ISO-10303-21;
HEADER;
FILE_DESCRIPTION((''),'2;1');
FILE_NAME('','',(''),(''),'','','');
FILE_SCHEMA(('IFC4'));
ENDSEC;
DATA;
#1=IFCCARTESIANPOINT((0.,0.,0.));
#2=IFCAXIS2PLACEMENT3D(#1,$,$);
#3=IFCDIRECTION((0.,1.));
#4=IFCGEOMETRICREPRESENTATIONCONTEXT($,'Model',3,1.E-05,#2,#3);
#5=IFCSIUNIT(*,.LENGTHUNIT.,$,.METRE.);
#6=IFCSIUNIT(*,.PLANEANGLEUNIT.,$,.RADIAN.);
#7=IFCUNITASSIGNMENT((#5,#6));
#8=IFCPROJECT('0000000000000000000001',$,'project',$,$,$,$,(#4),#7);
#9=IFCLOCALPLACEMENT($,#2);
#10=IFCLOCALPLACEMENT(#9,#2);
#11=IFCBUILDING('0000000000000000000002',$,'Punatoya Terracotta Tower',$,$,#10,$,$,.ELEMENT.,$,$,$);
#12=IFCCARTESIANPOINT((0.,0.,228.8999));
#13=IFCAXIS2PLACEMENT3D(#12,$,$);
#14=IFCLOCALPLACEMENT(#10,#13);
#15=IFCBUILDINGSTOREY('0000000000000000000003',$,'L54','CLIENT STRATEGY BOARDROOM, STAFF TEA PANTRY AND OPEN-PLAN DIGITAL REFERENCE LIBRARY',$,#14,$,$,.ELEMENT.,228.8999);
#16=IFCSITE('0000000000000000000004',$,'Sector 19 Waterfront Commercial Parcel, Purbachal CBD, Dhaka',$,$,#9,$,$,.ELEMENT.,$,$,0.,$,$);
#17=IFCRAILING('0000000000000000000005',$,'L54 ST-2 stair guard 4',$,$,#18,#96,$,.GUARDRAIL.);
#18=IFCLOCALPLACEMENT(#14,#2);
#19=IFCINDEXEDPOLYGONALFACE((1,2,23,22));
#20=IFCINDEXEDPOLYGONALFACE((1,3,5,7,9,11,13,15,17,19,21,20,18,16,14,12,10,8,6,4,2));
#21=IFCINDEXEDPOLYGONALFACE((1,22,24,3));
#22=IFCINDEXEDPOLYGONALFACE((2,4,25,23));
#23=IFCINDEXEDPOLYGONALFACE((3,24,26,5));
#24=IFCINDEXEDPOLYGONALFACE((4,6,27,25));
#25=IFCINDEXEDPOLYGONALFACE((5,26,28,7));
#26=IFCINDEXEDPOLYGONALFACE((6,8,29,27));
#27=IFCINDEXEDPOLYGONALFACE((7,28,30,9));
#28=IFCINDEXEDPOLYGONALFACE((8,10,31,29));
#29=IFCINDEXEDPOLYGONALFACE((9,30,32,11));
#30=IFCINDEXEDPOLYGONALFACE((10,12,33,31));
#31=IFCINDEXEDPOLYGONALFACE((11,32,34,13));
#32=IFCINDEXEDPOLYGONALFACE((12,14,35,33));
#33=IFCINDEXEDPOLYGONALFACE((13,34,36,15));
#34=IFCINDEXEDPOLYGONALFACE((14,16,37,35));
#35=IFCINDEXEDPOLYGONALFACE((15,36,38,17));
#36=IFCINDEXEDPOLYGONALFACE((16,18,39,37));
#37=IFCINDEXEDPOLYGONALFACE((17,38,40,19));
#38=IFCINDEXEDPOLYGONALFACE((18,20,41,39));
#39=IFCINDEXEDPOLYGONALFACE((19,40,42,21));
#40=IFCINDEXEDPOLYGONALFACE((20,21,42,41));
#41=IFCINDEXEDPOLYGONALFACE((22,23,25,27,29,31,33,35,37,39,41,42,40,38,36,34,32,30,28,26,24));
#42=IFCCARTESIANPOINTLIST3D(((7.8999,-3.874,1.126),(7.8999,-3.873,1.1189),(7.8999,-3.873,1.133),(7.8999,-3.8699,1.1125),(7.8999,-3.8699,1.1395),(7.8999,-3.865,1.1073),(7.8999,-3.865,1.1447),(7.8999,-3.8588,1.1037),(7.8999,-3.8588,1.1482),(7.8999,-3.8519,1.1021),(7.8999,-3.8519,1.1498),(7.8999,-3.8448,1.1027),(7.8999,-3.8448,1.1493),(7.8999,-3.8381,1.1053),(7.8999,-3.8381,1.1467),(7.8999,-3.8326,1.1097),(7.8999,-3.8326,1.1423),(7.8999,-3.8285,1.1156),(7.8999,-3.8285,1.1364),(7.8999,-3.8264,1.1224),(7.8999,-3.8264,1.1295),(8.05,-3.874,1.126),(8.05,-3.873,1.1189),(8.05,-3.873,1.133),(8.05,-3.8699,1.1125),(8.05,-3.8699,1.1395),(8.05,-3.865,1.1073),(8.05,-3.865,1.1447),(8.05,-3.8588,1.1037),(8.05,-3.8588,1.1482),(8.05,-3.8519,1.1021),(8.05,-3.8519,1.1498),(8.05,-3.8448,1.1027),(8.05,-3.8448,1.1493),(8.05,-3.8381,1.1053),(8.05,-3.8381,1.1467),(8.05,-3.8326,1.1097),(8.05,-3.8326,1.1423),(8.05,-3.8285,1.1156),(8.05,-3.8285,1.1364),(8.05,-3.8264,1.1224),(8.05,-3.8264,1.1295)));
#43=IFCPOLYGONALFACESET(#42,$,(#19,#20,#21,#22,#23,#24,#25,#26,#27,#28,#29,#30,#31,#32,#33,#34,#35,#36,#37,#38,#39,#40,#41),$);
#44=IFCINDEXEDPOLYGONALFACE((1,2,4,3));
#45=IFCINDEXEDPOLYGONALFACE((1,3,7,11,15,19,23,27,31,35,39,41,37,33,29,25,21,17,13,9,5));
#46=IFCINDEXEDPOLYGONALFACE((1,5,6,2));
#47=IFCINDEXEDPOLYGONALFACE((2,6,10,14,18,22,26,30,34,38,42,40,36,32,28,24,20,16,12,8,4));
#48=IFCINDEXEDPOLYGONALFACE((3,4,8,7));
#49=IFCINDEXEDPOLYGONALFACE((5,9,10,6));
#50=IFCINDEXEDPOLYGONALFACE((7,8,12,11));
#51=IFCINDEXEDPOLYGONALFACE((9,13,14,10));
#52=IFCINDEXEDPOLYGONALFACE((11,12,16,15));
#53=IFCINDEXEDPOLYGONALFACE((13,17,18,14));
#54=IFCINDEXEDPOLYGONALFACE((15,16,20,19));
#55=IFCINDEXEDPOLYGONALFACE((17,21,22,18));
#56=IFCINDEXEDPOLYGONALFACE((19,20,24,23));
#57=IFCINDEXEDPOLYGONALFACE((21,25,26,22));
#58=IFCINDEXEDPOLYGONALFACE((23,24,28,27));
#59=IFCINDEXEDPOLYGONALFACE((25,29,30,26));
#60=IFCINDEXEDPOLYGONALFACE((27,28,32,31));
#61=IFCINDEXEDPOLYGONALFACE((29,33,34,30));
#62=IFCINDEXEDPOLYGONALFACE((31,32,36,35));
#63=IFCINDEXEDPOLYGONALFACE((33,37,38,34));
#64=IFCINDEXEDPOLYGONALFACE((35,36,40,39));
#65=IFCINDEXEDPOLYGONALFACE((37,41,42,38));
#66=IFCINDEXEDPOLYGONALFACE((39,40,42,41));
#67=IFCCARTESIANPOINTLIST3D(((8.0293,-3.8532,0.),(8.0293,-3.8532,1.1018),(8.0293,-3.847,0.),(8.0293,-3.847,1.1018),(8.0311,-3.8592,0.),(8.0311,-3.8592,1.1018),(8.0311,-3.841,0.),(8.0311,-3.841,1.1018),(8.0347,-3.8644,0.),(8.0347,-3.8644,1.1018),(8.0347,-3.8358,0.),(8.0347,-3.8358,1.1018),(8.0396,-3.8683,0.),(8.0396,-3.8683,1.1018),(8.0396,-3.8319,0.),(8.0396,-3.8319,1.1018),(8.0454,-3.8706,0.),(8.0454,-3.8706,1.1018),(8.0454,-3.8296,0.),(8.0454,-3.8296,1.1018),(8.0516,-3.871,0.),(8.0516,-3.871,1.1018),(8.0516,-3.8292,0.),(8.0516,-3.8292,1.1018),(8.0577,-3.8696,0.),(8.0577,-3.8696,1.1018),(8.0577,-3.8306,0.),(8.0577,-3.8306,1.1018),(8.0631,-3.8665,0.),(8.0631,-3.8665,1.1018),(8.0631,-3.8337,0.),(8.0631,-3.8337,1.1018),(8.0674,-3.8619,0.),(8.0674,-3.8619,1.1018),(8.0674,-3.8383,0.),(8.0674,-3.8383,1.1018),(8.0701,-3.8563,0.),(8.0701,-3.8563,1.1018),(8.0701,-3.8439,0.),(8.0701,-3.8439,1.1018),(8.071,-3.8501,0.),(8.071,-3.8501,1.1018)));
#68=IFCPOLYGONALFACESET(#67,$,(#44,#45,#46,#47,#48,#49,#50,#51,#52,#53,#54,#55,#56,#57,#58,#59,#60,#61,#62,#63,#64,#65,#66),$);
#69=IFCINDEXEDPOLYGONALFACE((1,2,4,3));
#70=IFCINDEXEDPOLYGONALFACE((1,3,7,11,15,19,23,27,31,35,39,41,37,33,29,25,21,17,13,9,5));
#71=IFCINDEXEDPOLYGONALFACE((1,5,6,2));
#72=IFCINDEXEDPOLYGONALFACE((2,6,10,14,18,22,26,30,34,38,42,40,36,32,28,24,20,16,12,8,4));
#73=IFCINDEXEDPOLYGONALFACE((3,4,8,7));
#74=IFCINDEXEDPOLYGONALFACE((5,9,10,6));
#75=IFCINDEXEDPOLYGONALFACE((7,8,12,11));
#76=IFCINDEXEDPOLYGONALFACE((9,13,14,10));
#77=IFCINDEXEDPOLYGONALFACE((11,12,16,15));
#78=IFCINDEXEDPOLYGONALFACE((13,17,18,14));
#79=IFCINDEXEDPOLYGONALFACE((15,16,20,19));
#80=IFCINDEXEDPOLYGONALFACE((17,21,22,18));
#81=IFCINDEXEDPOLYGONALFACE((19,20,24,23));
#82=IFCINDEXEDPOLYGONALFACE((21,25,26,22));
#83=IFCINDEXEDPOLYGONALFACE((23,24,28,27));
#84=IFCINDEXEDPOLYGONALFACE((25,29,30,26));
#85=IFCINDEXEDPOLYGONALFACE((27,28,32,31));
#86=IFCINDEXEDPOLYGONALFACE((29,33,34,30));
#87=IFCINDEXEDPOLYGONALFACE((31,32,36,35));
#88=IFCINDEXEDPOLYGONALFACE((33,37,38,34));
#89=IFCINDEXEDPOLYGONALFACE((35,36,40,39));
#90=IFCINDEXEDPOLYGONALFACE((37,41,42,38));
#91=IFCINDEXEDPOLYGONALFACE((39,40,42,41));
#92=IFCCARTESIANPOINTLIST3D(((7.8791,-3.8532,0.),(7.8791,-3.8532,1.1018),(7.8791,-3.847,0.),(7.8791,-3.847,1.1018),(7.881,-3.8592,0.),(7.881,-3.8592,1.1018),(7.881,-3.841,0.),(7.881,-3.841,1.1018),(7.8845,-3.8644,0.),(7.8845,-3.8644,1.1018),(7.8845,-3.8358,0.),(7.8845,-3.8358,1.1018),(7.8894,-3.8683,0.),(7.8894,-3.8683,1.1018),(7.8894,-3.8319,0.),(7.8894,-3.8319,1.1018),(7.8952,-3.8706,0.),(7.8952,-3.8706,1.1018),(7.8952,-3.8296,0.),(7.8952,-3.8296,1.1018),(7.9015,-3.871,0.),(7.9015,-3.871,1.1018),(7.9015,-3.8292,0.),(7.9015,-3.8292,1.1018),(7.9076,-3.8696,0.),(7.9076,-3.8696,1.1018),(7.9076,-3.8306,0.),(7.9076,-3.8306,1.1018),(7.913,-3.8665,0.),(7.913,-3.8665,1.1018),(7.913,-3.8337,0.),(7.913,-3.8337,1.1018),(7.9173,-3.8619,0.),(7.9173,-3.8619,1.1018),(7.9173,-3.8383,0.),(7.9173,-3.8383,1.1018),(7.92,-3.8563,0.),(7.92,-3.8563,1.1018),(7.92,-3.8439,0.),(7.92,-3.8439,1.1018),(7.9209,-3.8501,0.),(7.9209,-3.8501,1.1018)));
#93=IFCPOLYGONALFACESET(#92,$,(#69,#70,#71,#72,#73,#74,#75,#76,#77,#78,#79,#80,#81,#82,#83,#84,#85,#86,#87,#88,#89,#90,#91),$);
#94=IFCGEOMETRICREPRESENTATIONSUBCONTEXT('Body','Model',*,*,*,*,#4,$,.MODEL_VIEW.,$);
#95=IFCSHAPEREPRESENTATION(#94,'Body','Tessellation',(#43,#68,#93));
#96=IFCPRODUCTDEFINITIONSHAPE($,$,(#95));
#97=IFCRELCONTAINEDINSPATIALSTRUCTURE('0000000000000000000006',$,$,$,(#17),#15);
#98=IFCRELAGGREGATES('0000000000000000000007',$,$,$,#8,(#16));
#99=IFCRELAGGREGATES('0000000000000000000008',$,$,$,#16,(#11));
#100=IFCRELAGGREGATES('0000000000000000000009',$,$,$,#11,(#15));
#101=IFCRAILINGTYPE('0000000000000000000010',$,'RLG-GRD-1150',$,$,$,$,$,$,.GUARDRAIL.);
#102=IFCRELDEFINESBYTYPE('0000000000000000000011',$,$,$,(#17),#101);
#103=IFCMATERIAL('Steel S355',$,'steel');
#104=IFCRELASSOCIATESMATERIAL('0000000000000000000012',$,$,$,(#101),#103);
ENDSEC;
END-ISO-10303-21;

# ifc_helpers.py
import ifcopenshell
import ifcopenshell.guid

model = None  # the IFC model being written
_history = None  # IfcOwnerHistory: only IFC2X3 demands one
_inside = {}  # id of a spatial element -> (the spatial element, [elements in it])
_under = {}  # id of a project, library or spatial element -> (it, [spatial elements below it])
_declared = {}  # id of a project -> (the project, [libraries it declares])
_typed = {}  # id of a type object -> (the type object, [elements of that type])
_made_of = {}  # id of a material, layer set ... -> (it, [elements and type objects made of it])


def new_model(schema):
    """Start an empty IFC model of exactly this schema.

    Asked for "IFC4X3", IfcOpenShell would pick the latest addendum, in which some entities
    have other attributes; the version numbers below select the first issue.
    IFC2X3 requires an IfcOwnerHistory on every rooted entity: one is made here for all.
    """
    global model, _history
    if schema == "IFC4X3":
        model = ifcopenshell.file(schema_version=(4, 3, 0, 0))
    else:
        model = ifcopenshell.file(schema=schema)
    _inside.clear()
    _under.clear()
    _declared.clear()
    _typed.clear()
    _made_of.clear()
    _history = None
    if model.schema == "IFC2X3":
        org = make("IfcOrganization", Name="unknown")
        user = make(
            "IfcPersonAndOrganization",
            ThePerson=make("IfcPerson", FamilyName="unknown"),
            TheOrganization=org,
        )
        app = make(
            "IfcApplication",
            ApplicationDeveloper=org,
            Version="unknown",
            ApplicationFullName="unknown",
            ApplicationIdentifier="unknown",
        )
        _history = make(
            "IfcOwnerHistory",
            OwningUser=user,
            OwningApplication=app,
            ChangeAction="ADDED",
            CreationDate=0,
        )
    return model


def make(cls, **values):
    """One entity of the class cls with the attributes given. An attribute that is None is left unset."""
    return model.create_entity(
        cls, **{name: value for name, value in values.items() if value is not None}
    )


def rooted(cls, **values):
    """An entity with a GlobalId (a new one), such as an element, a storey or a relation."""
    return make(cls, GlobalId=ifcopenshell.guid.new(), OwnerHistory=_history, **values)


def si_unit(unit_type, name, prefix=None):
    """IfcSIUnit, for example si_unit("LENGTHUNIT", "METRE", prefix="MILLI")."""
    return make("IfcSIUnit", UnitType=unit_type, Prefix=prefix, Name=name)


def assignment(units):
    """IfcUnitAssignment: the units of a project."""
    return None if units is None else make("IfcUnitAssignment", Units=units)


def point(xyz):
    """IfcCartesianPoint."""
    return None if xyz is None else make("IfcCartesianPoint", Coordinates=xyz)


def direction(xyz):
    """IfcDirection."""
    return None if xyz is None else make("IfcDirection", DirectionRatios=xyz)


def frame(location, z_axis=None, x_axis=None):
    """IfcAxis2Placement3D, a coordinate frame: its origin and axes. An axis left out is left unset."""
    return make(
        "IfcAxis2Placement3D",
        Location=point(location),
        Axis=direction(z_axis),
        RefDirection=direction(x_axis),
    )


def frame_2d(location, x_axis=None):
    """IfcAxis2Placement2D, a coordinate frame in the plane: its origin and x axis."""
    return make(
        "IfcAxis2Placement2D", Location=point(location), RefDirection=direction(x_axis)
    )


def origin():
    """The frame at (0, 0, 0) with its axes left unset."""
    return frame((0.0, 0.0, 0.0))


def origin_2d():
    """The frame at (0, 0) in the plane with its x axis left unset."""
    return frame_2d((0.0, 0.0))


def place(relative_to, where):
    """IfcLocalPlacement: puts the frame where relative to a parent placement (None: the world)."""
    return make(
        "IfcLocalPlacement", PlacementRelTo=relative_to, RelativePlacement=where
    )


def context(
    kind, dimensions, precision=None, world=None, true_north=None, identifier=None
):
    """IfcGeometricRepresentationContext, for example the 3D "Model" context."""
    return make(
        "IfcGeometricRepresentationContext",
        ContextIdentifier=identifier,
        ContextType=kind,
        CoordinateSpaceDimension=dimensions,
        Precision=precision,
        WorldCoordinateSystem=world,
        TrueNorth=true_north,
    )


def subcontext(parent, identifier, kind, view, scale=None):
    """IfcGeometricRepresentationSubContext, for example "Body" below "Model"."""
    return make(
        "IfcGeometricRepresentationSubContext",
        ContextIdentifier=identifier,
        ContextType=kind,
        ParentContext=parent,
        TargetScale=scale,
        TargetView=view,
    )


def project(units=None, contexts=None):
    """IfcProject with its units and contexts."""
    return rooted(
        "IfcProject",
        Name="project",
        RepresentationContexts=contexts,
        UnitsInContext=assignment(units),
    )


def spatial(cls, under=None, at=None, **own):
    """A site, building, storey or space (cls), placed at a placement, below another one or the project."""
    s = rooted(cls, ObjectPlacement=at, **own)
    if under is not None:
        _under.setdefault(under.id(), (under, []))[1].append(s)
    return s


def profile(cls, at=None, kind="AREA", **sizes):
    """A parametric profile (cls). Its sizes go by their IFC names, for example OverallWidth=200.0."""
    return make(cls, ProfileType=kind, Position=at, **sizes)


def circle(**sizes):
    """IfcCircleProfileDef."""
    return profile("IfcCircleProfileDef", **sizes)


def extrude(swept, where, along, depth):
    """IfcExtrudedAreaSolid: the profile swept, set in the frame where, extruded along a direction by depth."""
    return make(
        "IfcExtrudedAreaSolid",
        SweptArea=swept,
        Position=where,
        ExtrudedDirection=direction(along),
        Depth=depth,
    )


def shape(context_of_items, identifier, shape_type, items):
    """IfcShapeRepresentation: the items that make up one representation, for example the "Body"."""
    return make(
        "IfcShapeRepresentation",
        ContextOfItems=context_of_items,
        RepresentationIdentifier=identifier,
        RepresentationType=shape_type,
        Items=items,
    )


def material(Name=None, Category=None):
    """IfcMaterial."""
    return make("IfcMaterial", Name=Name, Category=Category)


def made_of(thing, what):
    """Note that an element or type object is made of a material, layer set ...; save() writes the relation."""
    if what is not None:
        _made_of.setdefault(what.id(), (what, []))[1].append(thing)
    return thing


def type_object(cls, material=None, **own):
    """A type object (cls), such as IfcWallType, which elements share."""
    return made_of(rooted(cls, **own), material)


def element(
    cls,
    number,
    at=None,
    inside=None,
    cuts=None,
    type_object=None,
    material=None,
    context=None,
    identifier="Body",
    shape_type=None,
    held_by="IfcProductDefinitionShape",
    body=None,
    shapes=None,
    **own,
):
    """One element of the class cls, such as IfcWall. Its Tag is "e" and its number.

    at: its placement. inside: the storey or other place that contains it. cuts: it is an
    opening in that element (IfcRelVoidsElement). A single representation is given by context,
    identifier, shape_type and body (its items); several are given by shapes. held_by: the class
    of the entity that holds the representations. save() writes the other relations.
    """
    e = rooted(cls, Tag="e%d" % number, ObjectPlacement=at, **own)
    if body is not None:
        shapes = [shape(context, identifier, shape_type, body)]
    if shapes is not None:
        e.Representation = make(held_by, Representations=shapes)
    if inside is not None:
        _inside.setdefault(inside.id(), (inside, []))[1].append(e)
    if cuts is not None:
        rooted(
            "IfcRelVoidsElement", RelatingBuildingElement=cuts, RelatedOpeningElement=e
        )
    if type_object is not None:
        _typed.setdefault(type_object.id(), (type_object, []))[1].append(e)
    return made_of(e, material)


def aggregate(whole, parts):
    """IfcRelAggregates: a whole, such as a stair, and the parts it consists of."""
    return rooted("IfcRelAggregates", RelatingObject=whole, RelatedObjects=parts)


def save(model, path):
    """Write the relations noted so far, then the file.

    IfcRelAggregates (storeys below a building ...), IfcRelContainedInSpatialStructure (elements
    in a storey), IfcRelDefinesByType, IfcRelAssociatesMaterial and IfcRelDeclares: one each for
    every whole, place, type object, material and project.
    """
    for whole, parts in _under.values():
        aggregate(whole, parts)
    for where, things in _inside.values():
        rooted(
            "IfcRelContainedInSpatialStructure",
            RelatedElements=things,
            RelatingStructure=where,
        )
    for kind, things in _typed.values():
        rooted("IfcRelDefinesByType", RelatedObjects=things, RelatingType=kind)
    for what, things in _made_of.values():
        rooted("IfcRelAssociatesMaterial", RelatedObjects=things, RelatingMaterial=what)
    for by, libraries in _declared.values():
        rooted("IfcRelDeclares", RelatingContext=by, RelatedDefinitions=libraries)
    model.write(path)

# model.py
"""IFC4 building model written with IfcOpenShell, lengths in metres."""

from ifc_helpers import new_model, si_unit, direction, frame, origin, origin_2d, place, context, subcontext, project, spatial, circle, extrude, material, type_object, element, save


model = new_model("IFC4")

# Units and contexts
model_context = context("Model", 3, precision=1e-05, world=origin(), true_north=direction((0.0, 1.0)))
body_context = subcontext(model_context, "Body", "Model", "MODEL_VIEW")
ifc_project = project(units=[si_unit("LENGTHUNIT", "METRE"), si_unit("PLANEANGLEUNIT", "RADIAN")], contexts=[model_context])

# Site, building, storey
site_placement = place(None, origin())
site = spatial("IfcSite", under=ifc_project, at=site_placement, Name="Sector 19 Waterfront Commercial Parcel, Purbachal CBD, Dhaka", CompositionType="ELEMENT", RefElevation=0.0)
building_placement = place(site_placement, origin())
building = spatial("IfcBuilding", under=site, at=building_placement, Name="Punatoya Terracotta Tower", CompositionType="ELEMENT")
storey_placement = place(building_placement, frame((0.0, 0.0, 228.8999)))
storey = spatial("IfcBuildingStorey", under=building, at=storey_placement, Name="L54", Description="CLIENT STRATEGY BOARDROOM, STAFF TEA PANTRY AND OPEN-PLAN DIGITAL REFERENCE LIBRARY", CompositionType="ELEMENT", Elevation=228.8999)

# Railing
ifc_material_1 = material(Name="Steel S355", Category="steel")
railing_type_1 = type_object("IfcRailingType", Name="RLG-GRD-1150", PredefinedType="GUARDRAIL", material=ifc_material_1)
railing_1_placement = place(storey_placement, frame((8.05, -3.8501, 0.0)))
element("IfcRailing", 1, at=railing_1_placement, inside=storey, type_object=railing_type_1, Name="L54 ST-2 stair guard 4", PredefinedType="GUARDRAIL", context=body_context, shape_type="SweptSolid", body=[
    extrude(circle(Radius=0.0239, at=origin_2d()), frame((0.0, 0.0, 1.126), z_axis=(-1.0, 0.0, 0.0), x_axis=(0.0, -1.0, 0.0)), (0.0, 0.0, 1.0), 0.1501),
    extrude(circle(Radius=0.021, at=origin_2d()), origin(), (0.0, 0.0, 1.0), 1.1018),
    extrude(circle(Radius=0.021, at=origin_2d()), frame((-0.1501, 0.0, 0.0)), (0.0, 0.0, 1.0), 1.1018),
])

save(model, "model.ifc")
